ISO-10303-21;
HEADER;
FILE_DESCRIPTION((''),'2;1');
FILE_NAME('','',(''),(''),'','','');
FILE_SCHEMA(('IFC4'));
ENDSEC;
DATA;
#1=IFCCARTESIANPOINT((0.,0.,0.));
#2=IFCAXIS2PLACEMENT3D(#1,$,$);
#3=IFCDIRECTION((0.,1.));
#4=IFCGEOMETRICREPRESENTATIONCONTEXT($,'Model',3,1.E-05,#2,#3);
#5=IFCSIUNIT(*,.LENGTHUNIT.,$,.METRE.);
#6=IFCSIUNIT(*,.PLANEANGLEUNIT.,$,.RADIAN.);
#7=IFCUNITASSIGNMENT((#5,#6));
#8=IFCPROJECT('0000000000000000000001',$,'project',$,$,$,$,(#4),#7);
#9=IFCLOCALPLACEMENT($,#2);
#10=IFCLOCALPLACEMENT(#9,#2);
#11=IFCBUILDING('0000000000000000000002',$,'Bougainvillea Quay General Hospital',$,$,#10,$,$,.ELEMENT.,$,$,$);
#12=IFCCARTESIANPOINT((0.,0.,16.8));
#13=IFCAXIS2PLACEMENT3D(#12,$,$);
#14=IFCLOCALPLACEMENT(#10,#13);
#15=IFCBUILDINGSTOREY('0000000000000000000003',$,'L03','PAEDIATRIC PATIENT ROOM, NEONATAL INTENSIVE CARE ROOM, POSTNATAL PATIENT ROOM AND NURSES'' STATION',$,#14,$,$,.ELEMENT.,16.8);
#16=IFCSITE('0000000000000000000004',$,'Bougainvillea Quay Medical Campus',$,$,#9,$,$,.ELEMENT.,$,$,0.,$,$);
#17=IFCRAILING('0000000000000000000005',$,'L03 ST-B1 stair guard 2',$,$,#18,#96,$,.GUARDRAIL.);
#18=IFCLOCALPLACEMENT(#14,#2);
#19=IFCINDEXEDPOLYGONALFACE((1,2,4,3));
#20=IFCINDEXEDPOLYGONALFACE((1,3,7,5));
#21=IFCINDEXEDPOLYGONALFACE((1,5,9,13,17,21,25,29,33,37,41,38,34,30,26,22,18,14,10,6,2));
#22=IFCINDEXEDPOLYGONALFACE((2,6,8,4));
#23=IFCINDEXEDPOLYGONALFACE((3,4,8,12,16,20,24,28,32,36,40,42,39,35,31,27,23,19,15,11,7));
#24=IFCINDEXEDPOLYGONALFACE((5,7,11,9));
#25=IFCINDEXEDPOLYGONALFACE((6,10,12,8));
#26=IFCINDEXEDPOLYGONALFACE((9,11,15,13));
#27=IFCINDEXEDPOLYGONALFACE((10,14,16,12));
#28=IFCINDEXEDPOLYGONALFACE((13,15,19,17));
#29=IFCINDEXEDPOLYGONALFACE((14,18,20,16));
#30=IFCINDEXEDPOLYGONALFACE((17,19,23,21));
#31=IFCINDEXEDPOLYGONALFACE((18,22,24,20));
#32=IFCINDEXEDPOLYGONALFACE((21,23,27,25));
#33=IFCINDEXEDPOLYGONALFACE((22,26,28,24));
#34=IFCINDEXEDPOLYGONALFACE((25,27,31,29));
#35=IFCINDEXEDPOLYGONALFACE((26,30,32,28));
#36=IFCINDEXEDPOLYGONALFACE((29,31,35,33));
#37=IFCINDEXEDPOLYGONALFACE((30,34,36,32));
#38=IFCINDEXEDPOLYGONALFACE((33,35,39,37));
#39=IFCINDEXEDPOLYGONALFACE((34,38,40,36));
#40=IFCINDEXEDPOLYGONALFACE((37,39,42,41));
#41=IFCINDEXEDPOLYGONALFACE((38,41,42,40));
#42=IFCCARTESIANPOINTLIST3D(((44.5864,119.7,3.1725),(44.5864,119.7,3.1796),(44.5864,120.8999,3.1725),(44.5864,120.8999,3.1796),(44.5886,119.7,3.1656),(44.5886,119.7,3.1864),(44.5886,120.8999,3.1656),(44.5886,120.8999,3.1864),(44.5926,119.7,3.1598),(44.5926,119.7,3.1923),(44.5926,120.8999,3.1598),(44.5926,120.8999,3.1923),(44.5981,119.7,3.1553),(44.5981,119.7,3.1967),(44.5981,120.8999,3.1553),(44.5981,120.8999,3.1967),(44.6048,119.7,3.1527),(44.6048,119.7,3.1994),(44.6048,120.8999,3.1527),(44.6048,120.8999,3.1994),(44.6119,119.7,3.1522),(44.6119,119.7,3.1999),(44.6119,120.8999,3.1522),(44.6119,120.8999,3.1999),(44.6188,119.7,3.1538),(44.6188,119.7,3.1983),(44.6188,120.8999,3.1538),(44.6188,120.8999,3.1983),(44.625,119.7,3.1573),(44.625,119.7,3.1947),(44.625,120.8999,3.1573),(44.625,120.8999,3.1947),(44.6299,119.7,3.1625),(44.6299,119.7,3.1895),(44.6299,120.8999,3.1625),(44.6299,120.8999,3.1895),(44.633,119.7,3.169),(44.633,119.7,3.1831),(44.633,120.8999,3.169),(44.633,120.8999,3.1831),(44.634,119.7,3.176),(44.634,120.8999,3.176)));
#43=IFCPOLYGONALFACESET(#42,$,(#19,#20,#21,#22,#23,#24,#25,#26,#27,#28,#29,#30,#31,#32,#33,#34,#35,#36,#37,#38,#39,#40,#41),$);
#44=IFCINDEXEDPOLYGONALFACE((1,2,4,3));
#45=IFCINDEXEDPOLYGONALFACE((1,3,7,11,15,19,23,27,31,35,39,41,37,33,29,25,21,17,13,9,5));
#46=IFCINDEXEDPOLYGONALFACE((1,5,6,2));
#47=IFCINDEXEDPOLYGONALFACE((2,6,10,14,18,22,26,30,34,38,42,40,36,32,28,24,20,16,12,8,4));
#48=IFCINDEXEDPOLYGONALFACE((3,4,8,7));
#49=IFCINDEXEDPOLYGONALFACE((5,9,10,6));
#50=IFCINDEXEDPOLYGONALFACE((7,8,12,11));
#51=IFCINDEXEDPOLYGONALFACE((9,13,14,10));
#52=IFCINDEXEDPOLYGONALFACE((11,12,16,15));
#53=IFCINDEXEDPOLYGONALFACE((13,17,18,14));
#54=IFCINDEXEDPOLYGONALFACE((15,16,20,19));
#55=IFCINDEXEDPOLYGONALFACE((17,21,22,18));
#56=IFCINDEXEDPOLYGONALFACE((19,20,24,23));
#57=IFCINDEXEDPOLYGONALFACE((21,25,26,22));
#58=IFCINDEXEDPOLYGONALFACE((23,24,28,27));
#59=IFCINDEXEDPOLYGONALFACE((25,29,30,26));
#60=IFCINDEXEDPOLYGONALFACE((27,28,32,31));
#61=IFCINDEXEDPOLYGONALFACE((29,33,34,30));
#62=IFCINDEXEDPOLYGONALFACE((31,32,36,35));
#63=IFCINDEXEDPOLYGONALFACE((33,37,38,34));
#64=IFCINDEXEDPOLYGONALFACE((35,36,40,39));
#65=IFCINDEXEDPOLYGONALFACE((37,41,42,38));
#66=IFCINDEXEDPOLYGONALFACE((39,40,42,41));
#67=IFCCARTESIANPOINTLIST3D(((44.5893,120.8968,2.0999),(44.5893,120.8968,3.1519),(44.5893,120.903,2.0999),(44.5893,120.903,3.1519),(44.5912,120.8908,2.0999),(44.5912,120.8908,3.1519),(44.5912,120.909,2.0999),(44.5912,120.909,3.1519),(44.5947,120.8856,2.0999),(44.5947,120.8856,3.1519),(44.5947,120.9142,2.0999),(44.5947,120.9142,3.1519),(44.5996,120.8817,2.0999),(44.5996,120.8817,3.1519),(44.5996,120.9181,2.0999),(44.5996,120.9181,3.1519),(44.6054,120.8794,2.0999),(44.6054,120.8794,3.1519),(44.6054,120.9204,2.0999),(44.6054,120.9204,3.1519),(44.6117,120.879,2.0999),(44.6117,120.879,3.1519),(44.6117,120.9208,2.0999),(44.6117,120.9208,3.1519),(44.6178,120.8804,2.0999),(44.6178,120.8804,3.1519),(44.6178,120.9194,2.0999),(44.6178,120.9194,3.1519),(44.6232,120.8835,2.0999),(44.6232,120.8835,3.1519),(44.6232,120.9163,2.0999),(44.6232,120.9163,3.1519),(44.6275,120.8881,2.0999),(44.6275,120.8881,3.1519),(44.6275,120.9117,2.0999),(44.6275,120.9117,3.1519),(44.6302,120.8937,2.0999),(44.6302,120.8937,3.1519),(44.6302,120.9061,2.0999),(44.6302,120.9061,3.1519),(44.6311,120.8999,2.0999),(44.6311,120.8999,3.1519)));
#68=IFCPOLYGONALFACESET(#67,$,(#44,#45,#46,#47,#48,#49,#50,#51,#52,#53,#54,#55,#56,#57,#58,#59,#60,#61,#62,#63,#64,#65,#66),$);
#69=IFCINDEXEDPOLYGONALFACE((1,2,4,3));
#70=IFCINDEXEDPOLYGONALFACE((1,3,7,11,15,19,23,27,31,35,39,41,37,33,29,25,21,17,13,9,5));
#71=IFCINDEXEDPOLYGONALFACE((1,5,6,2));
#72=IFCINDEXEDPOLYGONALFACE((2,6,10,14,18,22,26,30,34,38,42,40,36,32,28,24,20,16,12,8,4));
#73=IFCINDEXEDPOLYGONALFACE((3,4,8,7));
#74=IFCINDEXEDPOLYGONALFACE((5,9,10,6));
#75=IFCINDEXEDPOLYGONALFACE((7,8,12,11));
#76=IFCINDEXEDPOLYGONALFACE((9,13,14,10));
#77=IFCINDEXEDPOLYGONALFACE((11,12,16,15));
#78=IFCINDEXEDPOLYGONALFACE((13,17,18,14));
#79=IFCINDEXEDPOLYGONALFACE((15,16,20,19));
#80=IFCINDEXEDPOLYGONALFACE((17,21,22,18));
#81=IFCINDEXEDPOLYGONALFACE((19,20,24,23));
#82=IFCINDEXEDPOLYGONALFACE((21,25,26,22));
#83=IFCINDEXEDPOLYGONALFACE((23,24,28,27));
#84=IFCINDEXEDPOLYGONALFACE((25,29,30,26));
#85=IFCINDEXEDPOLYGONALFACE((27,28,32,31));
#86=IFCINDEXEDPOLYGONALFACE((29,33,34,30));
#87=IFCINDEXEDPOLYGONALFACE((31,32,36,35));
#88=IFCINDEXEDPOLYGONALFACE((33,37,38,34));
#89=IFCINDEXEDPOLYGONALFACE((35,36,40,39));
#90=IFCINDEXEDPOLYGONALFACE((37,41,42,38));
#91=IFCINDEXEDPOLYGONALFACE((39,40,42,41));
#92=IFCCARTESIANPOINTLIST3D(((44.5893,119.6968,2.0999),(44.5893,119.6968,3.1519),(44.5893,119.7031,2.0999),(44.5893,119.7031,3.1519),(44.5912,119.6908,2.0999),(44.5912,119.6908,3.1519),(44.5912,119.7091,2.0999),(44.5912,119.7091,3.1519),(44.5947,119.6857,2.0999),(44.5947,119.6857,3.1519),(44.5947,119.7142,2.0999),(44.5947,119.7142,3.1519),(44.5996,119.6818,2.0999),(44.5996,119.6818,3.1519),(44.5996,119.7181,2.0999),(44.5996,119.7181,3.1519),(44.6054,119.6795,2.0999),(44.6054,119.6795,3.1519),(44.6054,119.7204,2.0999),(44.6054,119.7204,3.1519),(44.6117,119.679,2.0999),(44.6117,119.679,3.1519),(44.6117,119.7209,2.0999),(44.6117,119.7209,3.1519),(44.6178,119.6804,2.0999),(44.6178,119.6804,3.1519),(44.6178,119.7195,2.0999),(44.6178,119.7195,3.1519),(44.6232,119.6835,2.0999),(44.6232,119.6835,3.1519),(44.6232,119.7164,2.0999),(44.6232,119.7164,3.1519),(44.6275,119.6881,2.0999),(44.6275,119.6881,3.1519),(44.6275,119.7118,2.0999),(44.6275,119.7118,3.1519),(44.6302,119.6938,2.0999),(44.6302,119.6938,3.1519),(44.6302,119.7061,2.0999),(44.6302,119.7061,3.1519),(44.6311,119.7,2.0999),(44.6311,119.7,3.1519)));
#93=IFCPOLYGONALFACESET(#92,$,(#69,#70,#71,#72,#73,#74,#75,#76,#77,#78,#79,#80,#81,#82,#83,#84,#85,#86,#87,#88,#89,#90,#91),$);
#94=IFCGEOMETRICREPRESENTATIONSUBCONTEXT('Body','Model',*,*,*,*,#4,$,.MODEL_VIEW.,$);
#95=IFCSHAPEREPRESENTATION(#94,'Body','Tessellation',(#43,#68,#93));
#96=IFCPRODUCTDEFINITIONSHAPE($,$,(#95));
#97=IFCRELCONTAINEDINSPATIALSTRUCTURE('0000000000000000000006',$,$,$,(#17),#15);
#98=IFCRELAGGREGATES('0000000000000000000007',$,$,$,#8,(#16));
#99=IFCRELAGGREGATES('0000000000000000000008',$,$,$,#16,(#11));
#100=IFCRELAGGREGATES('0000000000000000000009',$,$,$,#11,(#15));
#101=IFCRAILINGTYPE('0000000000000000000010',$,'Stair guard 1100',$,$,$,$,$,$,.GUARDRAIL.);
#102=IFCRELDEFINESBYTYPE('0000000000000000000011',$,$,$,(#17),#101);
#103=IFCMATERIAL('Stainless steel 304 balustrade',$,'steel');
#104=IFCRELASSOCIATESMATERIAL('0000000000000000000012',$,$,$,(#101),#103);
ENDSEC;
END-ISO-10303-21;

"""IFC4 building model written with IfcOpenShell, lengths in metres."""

from ifc_helpers import new_model, si_unit, direction, frame, origin, origin_2d, place, context, subcontext, project, spatial, circle, extrude, material, type_object, element, save


model = new_model("IFC4")

# Units and contexts
model_context = context("Model", 3, precision=1e-05, world=origin(), true_north=direction((0.0, 1.0)))
body_context = subcontext(model_context, "Body", "Model", "MODEL_VIEW")
ifc_project = project(units=[si_unit("LENGTHUNIT", "METRE"), si_unit("PLANEANGLEUNIT", "RADIAN")], contexts=[model_context])

# Site, building, storey
site_placement = place(None, origin())
site = spatial("IfcSite", under=ifc_project, at=site_placement, Name="Bougainvillea Quay Medical Campus", CompositionType="ELEMENT", RefElevation=0.0)
building_placement = place(site_placement, origin())
building = spatial("IfcBuilding", under=site, at=building_placement, Name="Bougainvillea Quay General Hospital", CompositionType="ELEMENT")
storey_placement = place(building_placement, frame((0.0, 0.0, 16.8)))
storey = spatial("IfcBuildingStorey", under=building, at=storey_placement, Name="L03", Description="PAEDIATRIC PATIENT ROOM, NEONATAL INTENSIVE CARE ROOM, POSTNATAL PATIENT ROOM AND NURSES' STATION", CompositionType="ELEMENT", Elevation=16.8)

# Railing
ifc_material_1 = material(Name="Stainless steel 304 balustrade", Category="steel")
railing_type_1 = type_object("IfcRailingType", Name="Stair guard 1100", PredefinedType="GUARDRAIL", material=ifc_material_1)
railing_1_placement = place(storey_placement, frame((44.6101, 120.8999, 2.0999)))
element("IfcRailing", 1, at=railing_1_placement, inside=storey, type_object=railing_type_1, Name="L03 ST-B1 stair guard 2", PredefinedType="GUARDRAIL", context=body_context, shape_type="SweptSolid", body=[
    extrude(circle(Radius=0.0239, at=origin_2d()), frame((0.0, 0.0, 1.0762), z_axis=(0.0, -1.0, 0.0), x_axis=(1.0, 0.0, 0.0)), (0.0, 0.0, 1.0), 1.2),
    extrude(circle(Radius=0.021, at=origin_2d()), origin(), (0.0, 0.0, 1.0), 1.052),
    extrude(circle(Radius=0.021, at=origin_2d()), frame((0.0, -1.2, 0.0)), (0.0, 0.0, 1.0), 1.052),
])

save(model, "model.ifc")
